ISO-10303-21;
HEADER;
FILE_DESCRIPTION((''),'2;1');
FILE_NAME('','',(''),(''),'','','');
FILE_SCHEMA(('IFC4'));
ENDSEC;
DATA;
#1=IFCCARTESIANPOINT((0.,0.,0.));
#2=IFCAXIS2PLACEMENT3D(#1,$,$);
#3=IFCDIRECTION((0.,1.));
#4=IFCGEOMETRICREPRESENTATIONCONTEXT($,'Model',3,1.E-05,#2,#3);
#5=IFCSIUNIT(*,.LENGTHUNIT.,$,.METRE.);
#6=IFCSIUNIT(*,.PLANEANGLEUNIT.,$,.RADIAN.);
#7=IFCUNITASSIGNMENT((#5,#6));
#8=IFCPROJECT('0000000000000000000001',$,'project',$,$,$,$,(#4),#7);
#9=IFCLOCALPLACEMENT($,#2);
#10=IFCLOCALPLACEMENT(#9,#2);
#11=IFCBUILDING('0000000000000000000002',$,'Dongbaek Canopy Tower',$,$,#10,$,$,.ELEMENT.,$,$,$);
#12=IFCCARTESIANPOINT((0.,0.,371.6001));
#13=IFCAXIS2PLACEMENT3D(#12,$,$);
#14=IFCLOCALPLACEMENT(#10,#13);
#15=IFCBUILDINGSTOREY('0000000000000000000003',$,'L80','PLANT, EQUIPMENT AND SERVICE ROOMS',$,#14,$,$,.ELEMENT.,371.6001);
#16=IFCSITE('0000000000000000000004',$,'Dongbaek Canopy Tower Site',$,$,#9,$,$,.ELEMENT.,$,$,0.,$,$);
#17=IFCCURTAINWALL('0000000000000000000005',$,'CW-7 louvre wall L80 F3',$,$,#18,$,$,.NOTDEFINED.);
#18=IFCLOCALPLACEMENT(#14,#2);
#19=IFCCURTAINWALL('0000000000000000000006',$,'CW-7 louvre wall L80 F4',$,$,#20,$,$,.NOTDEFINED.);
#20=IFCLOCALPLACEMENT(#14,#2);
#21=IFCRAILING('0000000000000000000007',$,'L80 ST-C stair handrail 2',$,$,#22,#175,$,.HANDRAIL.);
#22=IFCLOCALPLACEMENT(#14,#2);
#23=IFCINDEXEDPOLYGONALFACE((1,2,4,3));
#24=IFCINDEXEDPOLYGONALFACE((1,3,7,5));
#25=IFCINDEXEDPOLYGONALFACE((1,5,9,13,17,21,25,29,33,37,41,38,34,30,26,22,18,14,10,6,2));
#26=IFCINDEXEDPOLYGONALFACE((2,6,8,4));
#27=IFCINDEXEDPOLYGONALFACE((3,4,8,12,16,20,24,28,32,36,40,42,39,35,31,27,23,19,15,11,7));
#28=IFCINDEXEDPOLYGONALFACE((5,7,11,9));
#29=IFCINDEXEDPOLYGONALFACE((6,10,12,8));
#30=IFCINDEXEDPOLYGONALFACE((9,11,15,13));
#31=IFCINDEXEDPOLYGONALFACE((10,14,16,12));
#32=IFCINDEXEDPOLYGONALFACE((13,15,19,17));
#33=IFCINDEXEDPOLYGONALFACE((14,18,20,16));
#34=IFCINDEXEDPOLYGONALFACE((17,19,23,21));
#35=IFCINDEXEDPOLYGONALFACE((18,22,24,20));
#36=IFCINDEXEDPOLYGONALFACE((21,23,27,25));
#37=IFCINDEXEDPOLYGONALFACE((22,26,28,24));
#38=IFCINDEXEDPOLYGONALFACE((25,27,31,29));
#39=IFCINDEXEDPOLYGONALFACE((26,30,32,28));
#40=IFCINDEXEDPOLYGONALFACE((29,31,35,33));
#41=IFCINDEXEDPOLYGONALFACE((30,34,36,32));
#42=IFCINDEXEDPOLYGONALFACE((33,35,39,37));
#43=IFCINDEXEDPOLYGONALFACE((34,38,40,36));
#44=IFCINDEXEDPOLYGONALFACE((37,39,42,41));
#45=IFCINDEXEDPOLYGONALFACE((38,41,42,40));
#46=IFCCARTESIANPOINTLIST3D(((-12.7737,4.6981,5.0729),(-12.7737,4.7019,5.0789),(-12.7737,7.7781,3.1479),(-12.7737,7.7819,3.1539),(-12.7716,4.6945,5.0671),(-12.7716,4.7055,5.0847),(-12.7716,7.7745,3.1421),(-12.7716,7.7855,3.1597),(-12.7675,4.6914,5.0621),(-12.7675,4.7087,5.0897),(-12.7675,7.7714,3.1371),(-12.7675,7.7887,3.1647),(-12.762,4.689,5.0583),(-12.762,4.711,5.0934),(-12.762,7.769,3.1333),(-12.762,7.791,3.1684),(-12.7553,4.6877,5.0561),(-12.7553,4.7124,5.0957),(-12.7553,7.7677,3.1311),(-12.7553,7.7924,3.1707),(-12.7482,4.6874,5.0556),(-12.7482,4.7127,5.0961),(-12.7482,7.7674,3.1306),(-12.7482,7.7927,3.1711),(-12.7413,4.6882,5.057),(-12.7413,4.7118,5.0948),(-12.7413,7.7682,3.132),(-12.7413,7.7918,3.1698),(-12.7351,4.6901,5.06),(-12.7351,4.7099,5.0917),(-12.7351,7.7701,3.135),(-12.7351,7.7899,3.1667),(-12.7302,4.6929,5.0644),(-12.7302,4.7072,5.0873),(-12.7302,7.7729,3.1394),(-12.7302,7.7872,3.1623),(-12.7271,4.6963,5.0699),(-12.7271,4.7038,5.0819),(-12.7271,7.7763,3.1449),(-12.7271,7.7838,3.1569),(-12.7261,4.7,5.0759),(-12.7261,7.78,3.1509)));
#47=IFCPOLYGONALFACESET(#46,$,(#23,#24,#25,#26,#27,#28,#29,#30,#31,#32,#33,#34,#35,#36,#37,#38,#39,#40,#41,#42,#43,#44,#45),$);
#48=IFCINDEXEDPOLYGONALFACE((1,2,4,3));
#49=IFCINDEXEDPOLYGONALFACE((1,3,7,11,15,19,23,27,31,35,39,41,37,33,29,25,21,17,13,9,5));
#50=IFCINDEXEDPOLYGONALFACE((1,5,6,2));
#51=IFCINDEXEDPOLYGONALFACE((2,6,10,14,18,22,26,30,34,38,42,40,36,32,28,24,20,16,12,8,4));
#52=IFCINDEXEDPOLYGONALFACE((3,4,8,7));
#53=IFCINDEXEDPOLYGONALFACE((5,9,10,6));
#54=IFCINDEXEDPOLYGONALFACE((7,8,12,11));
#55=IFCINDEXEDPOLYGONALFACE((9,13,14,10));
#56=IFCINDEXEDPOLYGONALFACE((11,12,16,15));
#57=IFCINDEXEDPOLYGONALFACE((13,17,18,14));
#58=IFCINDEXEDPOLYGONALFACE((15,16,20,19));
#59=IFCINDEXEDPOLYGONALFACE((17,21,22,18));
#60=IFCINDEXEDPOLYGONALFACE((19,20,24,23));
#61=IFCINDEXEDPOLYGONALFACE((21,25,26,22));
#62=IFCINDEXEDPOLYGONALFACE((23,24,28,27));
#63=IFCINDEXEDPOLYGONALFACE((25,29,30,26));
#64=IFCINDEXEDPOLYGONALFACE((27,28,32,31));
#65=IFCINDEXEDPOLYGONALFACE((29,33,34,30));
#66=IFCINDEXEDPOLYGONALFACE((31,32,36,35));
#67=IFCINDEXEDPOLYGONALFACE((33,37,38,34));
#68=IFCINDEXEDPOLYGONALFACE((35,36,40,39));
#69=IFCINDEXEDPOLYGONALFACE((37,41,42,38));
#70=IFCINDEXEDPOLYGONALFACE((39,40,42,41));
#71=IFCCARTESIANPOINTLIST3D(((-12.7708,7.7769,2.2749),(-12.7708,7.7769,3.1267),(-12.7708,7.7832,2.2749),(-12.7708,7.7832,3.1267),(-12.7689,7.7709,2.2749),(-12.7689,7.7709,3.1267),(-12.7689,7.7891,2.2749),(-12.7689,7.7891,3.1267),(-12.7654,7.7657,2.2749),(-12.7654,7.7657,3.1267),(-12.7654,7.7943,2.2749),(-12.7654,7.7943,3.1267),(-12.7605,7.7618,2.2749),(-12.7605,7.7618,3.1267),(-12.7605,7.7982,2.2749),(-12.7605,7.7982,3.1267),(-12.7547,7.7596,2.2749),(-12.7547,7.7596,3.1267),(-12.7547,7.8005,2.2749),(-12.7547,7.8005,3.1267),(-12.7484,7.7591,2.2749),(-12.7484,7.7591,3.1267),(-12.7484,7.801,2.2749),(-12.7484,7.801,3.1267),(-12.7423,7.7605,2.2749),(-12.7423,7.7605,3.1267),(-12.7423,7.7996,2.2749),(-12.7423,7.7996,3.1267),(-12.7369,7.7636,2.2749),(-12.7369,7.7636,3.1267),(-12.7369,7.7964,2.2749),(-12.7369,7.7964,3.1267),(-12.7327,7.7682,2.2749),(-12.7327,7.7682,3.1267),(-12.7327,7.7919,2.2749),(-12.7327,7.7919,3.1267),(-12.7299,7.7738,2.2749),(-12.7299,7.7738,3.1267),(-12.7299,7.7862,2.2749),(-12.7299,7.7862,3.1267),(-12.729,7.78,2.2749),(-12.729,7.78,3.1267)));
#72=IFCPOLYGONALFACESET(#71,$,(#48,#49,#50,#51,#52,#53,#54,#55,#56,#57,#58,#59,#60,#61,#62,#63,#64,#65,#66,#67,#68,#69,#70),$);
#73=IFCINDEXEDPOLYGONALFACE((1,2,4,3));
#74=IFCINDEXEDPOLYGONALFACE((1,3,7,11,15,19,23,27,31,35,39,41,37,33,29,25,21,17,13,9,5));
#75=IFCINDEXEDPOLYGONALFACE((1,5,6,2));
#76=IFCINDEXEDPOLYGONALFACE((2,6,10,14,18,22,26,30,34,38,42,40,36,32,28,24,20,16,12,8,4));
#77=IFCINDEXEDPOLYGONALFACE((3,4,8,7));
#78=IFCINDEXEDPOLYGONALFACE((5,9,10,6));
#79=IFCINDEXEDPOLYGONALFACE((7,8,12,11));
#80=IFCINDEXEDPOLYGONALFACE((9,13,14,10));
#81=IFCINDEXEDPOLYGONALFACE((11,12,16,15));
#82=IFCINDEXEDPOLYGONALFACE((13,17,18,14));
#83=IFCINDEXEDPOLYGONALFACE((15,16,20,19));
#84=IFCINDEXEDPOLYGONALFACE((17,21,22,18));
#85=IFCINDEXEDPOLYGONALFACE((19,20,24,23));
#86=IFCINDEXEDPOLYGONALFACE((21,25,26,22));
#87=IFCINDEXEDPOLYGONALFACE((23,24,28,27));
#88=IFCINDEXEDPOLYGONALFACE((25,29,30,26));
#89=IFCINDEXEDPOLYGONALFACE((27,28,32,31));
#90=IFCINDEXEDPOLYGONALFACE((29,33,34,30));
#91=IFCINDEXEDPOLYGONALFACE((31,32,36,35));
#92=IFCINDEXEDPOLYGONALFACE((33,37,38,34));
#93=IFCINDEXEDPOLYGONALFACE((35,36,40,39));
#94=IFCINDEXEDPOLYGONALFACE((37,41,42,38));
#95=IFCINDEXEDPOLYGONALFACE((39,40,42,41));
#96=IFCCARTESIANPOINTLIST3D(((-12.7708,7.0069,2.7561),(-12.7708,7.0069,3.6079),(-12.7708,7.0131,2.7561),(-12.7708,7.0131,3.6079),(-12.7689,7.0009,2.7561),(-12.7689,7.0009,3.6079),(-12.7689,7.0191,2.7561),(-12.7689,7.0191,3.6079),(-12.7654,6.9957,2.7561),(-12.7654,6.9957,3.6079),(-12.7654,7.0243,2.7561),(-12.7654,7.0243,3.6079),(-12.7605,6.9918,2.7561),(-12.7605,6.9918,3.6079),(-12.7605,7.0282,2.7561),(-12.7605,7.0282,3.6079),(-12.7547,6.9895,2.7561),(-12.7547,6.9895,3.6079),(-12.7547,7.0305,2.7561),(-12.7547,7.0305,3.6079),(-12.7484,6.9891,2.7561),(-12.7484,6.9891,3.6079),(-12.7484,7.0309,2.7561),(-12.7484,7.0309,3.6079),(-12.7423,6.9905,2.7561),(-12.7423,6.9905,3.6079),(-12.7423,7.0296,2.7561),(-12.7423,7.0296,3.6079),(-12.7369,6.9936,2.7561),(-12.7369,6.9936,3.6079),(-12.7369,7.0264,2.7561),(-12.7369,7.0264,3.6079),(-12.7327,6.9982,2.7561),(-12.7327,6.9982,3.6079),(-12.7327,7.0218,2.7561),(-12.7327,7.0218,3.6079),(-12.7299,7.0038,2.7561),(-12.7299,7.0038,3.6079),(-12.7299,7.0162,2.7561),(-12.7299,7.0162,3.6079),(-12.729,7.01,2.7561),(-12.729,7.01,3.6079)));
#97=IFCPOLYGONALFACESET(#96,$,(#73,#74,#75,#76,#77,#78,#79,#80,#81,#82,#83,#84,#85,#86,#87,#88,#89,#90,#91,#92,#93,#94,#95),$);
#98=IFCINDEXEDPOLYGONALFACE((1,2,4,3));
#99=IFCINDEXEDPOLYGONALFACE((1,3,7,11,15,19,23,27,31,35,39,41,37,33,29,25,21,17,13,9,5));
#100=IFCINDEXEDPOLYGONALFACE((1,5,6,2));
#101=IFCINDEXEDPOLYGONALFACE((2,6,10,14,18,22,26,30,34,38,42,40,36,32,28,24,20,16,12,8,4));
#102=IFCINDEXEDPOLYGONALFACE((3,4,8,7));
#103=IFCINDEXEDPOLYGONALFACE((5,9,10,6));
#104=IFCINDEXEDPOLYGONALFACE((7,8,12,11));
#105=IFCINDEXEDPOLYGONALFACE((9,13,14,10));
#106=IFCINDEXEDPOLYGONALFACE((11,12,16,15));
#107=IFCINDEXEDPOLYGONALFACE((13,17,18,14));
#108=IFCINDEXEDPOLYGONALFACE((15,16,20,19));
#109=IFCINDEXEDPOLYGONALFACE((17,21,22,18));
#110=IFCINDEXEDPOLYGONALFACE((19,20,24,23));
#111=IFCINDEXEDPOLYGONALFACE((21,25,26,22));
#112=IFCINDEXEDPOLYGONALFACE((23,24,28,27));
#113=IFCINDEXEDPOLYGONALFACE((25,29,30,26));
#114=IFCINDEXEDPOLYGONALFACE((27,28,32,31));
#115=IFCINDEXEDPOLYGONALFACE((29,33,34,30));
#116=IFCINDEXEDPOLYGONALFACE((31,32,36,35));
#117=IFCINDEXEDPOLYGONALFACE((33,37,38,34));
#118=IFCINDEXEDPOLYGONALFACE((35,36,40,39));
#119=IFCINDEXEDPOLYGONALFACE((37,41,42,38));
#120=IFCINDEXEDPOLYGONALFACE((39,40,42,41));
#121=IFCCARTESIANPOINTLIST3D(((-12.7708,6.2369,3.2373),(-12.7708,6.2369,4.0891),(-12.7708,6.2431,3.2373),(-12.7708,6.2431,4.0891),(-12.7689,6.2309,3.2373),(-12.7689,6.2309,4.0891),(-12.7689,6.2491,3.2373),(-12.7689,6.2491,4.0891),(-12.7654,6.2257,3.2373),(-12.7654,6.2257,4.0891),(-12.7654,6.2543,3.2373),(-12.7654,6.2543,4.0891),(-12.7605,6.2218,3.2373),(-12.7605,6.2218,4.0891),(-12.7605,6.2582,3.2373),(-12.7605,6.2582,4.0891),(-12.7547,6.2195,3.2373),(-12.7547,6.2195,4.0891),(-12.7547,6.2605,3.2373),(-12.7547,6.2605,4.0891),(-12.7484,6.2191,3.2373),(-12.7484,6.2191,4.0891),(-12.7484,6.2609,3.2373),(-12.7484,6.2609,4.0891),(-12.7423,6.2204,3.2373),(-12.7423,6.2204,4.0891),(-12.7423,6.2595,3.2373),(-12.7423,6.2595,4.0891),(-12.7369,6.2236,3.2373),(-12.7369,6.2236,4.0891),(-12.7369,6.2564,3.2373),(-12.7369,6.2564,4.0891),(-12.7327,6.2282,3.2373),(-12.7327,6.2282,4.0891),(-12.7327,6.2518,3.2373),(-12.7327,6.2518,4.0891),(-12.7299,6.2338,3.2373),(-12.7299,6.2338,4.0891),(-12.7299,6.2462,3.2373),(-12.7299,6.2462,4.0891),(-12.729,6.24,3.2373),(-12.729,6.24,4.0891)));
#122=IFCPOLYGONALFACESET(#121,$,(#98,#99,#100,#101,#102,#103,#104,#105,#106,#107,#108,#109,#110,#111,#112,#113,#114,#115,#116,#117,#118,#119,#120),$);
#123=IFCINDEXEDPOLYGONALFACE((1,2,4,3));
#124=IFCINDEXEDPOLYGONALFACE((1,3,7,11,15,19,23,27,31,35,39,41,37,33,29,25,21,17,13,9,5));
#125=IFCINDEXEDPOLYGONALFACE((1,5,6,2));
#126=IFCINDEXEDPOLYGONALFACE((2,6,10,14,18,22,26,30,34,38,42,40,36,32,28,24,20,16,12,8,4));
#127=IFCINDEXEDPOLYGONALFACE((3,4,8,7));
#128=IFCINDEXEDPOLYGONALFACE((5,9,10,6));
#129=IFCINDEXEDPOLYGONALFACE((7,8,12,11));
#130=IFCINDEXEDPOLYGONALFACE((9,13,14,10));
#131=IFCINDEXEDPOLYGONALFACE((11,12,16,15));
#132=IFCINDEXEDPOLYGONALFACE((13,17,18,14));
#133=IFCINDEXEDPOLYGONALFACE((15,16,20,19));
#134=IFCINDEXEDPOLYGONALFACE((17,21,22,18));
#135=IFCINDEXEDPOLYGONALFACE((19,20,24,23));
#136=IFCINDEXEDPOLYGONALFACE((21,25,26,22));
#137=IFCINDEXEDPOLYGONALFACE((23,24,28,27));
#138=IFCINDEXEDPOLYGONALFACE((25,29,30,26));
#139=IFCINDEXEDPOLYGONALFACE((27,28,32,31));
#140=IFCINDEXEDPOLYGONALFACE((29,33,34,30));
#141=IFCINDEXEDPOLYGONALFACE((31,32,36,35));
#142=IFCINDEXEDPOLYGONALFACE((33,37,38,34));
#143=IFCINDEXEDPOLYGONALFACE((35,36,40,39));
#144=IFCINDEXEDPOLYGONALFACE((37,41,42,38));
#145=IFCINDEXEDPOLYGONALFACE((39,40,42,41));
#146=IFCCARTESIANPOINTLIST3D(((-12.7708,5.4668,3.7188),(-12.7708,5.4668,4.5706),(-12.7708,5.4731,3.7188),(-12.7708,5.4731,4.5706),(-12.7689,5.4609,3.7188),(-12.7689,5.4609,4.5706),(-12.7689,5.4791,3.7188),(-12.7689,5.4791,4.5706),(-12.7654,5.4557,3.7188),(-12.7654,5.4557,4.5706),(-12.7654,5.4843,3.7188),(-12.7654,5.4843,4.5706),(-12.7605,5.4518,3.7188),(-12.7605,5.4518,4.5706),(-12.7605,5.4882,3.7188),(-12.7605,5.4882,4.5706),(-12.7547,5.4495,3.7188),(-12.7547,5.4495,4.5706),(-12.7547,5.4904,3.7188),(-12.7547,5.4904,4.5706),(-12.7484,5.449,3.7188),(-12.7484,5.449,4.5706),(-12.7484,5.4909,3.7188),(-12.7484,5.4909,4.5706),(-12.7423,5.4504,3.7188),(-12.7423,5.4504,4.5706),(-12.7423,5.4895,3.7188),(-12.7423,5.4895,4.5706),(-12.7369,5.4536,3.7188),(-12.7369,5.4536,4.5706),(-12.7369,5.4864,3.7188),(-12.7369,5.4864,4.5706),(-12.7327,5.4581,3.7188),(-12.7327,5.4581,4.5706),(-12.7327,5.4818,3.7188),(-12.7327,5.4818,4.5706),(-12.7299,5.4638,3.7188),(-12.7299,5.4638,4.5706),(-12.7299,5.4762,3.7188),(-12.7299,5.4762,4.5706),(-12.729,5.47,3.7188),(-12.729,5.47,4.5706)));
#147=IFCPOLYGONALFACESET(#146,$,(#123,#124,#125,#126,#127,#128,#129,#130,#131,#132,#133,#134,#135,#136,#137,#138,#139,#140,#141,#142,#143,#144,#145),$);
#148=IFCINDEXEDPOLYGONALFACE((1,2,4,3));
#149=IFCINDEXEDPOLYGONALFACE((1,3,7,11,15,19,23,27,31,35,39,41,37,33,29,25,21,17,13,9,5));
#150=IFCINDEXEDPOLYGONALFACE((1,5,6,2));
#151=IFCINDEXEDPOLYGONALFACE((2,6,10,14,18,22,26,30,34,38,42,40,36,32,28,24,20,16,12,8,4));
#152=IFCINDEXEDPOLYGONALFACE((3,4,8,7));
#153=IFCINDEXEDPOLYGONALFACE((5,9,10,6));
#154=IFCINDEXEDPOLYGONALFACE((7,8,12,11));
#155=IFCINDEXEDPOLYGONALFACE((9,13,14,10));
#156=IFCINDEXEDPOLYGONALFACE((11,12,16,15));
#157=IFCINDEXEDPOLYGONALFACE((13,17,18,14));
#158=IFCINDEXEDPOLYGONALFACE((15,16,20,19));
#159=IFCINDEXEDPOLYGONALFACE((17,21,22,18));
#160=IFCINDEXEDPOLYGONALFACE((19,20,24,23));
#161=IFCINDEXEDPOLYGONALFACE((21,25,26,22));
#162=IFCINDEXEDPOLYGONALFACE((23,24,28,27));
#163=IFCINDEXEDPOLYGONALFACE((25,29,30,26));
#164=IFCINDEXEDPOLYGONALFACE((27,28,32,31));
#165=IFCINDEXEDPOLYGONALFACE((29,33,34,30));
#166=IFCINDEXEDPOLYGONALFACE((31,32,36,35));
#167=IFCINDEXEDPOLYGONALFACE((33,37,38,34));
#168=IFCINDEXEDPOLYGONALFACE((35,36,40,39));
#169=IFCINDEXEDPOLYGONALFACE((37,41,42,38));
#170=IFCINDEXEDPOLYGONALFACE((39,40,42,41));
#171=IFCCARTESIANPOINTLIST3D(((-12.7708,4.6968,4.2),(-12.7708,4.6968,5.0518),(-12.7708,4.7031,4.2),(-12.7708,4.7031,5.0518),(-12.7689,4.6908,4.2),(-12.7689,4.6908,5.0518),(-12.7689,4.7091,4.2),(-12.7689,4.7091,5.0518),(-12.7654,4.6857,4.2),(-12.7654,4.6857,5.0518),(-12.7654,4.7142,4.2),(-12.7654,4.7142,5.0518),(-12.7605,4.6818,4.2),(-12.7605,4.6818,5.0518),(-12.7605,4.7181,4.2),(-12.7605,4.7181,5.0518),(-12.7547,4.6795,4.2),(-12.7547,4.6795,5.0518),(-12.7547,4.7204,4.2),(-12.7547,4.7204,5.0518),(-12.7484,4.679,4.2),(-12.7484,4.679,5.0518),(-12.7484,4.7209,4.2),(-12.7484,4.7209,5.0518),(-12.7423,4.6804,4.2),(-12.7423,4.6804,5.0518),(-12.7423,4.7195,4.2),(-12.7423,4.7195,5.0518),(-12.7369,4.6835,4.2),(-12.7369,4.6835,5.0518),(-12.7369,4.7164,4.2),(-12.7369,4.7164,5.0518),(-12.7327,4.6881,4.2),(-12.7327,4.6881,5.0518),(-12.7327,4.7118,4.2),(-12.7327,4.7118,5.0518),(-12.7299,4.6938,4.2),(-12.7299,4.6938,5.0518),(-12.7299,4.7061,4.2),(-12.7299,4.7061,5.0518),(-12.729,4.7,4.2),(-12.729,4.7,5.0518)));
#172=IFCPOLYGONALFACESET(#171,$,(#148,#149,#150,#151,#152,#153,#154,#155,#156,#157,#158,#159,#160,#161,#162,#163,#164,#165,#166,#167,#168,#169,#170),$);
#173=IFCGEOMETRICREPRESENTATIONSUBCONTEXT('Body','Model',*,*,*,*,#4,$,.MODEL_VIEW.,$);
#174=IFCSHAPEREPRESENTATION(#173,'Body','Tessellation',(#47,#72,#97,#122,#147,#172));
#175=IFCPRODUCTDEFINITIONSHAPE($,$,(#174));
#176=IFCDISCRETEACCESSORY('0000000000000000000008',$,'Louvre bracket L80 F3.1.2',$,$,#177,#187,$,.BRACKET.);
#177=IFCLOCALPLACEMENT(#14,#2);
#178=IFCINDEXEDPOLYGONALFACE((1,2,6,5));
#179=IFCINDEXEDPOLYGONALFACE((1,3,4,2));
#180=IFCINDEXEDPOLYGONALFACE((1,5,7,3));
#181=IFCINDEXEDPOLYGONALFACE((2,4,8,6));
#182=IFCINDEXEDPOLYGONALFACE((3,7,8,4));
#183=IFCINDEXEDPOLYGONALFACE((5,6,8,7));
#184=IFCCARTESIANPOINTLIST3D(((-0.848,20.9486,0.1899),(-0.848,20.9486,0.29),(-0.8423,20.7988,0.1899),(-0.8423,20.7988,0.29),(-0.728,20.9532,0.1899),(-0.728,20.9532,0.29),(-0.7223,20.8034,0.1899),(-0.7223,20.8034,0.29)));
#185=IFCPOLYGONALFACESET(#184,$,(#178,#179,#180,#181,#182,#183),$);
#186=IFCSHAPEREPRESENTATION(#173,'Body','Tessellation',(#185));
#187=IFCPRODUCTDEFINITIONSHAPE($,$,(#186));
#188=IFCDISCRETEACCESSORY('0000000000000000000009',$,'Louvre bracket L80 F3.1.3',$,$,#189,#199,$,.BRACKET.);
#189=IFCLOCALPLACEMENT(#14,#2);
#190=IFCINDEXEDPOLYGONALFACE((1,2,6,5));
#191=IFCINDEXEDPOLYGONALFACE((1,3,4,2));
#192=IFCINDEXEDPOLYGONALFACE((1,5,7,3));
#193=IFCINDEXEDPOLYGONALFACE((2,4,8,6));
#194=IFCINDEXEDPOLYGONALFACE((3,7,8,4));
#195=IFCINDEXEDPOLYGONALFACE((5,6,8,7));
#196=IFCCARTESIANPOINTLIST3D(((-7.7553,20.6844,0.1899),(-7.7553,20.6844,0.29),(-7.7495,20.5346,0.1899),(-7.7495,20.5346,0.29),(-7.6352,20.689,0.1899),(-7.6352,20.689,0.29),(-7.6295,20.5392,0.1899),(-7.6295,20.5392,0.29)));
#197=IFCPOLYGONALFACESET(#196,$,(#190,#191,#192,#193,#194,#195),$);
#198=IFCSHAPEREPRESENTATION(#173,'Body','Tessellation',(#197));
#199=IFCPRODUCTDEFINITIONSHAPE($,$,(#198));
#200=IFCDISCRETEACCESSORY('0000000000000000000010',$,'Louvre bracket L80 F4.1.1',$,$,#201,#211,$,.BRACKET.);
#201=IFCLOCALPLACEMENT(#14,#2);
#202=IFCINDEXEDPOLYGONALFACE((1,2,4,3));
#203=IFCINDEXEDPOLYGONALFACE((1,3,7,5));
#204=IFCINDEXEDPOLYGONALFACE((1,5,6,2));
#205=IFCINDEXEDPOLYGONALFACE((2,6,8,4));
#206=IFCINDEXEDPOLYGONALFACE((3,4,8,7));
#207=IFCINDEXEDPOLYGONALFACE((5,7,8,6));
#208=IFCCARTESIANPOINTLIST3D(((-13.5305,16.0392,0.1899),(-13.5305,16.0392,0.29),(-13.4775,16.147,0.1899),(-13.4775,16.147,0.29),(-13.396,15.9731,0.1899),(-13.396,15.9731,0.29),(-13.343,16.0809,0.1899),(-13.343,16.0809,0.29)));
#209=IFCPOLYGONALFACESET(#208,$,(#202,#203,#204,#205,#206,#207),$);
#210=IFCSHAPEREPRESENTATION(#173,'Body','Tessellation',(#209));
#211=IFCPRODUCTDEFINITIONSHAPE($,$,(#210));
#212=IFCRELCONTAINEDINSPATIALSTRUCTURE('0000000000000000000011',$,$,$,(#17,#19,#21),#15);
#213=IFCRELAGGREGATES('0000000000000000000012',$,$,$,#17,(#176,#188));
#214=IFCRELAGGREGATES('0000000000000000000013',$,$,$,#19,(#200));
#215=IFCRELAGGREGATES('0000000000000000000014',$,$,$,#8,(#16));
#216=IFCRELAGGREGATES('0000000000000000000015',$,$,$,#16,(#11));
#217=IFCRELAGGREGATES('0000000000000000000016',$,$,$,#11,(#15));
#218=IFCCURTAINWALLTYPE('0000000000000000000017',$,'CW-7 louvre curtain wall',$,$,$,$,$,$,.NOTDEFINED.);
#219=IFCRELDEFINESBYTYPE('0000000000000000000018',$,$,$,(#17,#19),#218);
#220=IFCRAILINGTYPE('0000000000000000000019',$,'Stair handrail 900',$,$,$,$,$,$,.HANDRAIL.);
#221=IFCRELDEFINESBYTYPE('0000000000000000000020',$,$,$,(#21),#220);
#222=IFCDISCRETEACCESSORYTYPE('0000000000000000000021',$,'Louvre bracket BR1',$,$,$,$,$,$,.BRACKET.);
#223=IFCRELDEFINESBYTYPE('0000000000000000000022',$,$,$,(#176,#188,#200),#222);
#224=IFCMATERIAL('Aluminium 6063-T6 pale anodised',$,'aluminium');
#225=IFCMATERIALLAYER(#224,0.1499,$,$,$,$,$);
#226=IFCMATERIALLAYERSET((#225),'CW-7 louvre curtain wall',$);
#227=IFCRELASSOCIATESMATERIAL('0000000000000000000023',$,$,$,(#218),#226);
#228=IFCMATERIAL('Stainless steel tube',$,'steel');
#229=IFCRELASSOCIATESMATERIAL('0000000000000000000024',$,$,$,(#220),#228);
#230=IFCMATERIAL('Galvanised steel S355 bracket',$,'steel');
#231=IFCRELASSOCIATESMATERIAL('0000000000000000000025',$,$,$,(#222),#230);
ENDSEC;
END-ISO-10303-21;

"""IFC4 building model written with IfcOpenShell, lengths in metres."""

from ifc_helpers import new_model, si_unit, direction, frame, origin, origin_2d, place, context, subcontext, project, spatial, rectangle, circle, extrude, material, layer, layer_set, type_object, element, aggregate, save


model = new_model("IFC4")

# Units and contexts
model_context = context("Model", 3, precision=1e-05, world=origin(), true_north=direction((0.0, 1.0)))
body_context = subcontext(model_context, "Body", "Model", "MODEL_VIEW")
ifc_project = project(units=[si_unit("LENGTHUNIT", "METRE"), si_unit("PLANEANGLEUNIT", "RADIAN")], contexts=[model_context])

# Site, building, storey
site_placement = place(None, origin())
site = spatial("IfcSite", under=ifc_project, at=site_placement, Name="Dongbaek Canopy Tower Site", CompositionType="ELEMENT", RefElevation=0.0)
building_placement = place(site_placement, origin())
building = spatial("IfcBuilding", under=site, at=building_placement, Name="Dongbaek Canopy Tower", CompositionType="ELEMENT")
storey_placement = place(building_placement, frame((0.0, 0.0, 371.6001)))
storey = spatial("IfcBuildingStorey", under=building, at=storey_placement, Name="L80", Description="PLANT, EQUIPMENT AND SERVICE ROOMS", CompositionType="ELEMENT", Elevation=371.6001)

# Curtain walls
ifc_material_1 = material(Name="Aluminium 6063-T6 pale anodised", Category="aluminium")
ifc_layer_1 = layer(ifc_material_1, 0.1499)
ifc_layer_set_1 = layer_set([ifc_layer_1], Name="CW-7 louvre curtain wall")
curtain_wall_type = type_object("IfcCurtainWallType", Name="CW-7 louvre curtain wall", PredefinedType="NOTDEFINED", material=ifc_layer_set_1)
curtain_wall_1_placement = place(storey_placement, origin())
curtain_wall_1 = element("IfcCurtainWall", 1, at=curtain_wall_1_placement, inside=storey, type_object=curtain_wall_type, Name="CW-7 louvre wall L80 F3", PredefinedType="NOTDEFINED")
curtain_wall_2_placement = place(storey_placement, origin())
curtain_wall_2 = element("IfcCurtainWall", 2, at=curtain_wall_2_placement, inside=storey, type_object=curtain_wall_type, Name="CW-7 louvre wall L80 F4", PredefinedType="NOTDEFINED")

# Railing
ifc_material_2 = material(Name="Stainless steel tube", Category="steel")
railing_type_1 = type_object("IfcRailingType", Name="Stair handrail 900", PredefinedType="HANDRAIL", material=ifc_material_2)
railing_1_placement = place(storey_placement, frame((-12.75, 7.78, 2.2749)))
element("IfcRailing", 3, at=railing_1_placement, inside=storey, type_object=railing_type_1, Name="L80 ST-C stair handrail 2", PredefinedType="HANDRAIL", context=body_context, shape_type="SweptSolid", body=[
    extrude(circle(Radius=0.0239, at=origin_2d()), frame((0.0, 0.0, 0.876), z_axis=(0.0, -0.847998, 0.529999), x_axis=(1.0, 0.0, 0.0)), (0.0, 0.0, 1.0), 3.6321),
    extrude(circle(Radius=0.021, at=origin_2d()), origin(), (0.0, 0.0, 1.0), 0.8518),
    extrude(circle(Radius=0.021, at=origin_2d()), frame((0.0, -0.77, 0.4812)), (0.0, 0.0, 1.0), 0.8518),
    extrude(circle(Radius=0.021, at=origin_2d()), frame((0.0, -1.54, 0.9624)), (0.0, 0.0, 1.0), 0.8518),
    extrude(circle(Radius=0.021, at=origin_2d()), frame((0.0, -2.3101, 1.4438)), (0.0, 0.0, 1.0), 0.8518),
    extrude(circle(Radius=0.021, at=origin_2d()), frame((0.0, -3.0801, 1.925)), (0.0, 0.0, 1.0), 0.8518),
])

# Discrete accessories
ifc_material_3 = material(Name="Galvanised steel S355 bracket", Category="steel")
discrete_accessory_type = type_object("IfcDiscreteAccessoryType", Name="Louvre bracket BR1", PredefinedType="BRACKET", material=ifc_material_3)
discrete_accessory_1_placement = place(storey_placement, frame((-0.7852, 20.876, 0.1899), z_axis=(0.0, 0.0, 1.0), x_axis=(-0.999269, -0.038232, 0.0)))
discrete_accessory_1 = element("IfcDiscreteAccessory", 4, at=discrete_accessory_1_placement, type_object=discrete_accessory_type, Name="Louvre bracket L80 F3.1.2", PredefinedType="BRACKET", context=body_context, shape_type="SweptSolid", body=[
    extrude(rectangle(XDim=0.1201, YDim=0.1499, at=origin_2d()), origin(), (0.0, 0.0, 1.0), 0.1001),
])
discrete_accessory_2_placement = place(storey_placement, frame((-7.6924, 20.6118, 0.1899), z_axis=(0.0, 0.0, 1.0), x_axis=(-0.999269, -0.038232, 0.0)))
discrete_accessory_2 = element("IfcDiscreteAccessory", 5, at=discrete_accessory_2_placement, type_object=discrete_accessory_type, Name="Louvre bracket L80 F3.1.3", PredefinedType="BRACKET", context=body_context, shape_type="SweptSolid", body=[
    extrude(rectangle(XDim=0.1201, YDim=0.1499, at=origin_2d()), origin(), (0.0, 0.0, 1.0), 0.1001),
])
aggregate(curtain_wall_1, [discrete_accessory_1, discrete_accessory_2])
discrete_accessory_3_placement = place(storey_placement, frame((-13.4368, 16.0601, 0.1899), z_axis=(0.0, 0.0, 1.0), x_axis=(-0.441342, -0.897339, 0.0)))
discrete_accessory_3 = element("IfcDiscreteAccessory", 6, at=discrete_accessory_3_placement, type_object=discrete_accessory_type, Name="Louvre bracket L80 F4.1.1", PredefinedType="BRACKET", context=body_context, shape_type="SweptSolid", body=[
    extrude(rectangle(XDim=0.1201, YDim=0.1499, at=origin_2d()), origin(), (0.0, 0.0, 1.0), 0.1001),
])
aggregate(curtain_wall_2, [discrete_accessory_3])

save(model, "model.ifc")
